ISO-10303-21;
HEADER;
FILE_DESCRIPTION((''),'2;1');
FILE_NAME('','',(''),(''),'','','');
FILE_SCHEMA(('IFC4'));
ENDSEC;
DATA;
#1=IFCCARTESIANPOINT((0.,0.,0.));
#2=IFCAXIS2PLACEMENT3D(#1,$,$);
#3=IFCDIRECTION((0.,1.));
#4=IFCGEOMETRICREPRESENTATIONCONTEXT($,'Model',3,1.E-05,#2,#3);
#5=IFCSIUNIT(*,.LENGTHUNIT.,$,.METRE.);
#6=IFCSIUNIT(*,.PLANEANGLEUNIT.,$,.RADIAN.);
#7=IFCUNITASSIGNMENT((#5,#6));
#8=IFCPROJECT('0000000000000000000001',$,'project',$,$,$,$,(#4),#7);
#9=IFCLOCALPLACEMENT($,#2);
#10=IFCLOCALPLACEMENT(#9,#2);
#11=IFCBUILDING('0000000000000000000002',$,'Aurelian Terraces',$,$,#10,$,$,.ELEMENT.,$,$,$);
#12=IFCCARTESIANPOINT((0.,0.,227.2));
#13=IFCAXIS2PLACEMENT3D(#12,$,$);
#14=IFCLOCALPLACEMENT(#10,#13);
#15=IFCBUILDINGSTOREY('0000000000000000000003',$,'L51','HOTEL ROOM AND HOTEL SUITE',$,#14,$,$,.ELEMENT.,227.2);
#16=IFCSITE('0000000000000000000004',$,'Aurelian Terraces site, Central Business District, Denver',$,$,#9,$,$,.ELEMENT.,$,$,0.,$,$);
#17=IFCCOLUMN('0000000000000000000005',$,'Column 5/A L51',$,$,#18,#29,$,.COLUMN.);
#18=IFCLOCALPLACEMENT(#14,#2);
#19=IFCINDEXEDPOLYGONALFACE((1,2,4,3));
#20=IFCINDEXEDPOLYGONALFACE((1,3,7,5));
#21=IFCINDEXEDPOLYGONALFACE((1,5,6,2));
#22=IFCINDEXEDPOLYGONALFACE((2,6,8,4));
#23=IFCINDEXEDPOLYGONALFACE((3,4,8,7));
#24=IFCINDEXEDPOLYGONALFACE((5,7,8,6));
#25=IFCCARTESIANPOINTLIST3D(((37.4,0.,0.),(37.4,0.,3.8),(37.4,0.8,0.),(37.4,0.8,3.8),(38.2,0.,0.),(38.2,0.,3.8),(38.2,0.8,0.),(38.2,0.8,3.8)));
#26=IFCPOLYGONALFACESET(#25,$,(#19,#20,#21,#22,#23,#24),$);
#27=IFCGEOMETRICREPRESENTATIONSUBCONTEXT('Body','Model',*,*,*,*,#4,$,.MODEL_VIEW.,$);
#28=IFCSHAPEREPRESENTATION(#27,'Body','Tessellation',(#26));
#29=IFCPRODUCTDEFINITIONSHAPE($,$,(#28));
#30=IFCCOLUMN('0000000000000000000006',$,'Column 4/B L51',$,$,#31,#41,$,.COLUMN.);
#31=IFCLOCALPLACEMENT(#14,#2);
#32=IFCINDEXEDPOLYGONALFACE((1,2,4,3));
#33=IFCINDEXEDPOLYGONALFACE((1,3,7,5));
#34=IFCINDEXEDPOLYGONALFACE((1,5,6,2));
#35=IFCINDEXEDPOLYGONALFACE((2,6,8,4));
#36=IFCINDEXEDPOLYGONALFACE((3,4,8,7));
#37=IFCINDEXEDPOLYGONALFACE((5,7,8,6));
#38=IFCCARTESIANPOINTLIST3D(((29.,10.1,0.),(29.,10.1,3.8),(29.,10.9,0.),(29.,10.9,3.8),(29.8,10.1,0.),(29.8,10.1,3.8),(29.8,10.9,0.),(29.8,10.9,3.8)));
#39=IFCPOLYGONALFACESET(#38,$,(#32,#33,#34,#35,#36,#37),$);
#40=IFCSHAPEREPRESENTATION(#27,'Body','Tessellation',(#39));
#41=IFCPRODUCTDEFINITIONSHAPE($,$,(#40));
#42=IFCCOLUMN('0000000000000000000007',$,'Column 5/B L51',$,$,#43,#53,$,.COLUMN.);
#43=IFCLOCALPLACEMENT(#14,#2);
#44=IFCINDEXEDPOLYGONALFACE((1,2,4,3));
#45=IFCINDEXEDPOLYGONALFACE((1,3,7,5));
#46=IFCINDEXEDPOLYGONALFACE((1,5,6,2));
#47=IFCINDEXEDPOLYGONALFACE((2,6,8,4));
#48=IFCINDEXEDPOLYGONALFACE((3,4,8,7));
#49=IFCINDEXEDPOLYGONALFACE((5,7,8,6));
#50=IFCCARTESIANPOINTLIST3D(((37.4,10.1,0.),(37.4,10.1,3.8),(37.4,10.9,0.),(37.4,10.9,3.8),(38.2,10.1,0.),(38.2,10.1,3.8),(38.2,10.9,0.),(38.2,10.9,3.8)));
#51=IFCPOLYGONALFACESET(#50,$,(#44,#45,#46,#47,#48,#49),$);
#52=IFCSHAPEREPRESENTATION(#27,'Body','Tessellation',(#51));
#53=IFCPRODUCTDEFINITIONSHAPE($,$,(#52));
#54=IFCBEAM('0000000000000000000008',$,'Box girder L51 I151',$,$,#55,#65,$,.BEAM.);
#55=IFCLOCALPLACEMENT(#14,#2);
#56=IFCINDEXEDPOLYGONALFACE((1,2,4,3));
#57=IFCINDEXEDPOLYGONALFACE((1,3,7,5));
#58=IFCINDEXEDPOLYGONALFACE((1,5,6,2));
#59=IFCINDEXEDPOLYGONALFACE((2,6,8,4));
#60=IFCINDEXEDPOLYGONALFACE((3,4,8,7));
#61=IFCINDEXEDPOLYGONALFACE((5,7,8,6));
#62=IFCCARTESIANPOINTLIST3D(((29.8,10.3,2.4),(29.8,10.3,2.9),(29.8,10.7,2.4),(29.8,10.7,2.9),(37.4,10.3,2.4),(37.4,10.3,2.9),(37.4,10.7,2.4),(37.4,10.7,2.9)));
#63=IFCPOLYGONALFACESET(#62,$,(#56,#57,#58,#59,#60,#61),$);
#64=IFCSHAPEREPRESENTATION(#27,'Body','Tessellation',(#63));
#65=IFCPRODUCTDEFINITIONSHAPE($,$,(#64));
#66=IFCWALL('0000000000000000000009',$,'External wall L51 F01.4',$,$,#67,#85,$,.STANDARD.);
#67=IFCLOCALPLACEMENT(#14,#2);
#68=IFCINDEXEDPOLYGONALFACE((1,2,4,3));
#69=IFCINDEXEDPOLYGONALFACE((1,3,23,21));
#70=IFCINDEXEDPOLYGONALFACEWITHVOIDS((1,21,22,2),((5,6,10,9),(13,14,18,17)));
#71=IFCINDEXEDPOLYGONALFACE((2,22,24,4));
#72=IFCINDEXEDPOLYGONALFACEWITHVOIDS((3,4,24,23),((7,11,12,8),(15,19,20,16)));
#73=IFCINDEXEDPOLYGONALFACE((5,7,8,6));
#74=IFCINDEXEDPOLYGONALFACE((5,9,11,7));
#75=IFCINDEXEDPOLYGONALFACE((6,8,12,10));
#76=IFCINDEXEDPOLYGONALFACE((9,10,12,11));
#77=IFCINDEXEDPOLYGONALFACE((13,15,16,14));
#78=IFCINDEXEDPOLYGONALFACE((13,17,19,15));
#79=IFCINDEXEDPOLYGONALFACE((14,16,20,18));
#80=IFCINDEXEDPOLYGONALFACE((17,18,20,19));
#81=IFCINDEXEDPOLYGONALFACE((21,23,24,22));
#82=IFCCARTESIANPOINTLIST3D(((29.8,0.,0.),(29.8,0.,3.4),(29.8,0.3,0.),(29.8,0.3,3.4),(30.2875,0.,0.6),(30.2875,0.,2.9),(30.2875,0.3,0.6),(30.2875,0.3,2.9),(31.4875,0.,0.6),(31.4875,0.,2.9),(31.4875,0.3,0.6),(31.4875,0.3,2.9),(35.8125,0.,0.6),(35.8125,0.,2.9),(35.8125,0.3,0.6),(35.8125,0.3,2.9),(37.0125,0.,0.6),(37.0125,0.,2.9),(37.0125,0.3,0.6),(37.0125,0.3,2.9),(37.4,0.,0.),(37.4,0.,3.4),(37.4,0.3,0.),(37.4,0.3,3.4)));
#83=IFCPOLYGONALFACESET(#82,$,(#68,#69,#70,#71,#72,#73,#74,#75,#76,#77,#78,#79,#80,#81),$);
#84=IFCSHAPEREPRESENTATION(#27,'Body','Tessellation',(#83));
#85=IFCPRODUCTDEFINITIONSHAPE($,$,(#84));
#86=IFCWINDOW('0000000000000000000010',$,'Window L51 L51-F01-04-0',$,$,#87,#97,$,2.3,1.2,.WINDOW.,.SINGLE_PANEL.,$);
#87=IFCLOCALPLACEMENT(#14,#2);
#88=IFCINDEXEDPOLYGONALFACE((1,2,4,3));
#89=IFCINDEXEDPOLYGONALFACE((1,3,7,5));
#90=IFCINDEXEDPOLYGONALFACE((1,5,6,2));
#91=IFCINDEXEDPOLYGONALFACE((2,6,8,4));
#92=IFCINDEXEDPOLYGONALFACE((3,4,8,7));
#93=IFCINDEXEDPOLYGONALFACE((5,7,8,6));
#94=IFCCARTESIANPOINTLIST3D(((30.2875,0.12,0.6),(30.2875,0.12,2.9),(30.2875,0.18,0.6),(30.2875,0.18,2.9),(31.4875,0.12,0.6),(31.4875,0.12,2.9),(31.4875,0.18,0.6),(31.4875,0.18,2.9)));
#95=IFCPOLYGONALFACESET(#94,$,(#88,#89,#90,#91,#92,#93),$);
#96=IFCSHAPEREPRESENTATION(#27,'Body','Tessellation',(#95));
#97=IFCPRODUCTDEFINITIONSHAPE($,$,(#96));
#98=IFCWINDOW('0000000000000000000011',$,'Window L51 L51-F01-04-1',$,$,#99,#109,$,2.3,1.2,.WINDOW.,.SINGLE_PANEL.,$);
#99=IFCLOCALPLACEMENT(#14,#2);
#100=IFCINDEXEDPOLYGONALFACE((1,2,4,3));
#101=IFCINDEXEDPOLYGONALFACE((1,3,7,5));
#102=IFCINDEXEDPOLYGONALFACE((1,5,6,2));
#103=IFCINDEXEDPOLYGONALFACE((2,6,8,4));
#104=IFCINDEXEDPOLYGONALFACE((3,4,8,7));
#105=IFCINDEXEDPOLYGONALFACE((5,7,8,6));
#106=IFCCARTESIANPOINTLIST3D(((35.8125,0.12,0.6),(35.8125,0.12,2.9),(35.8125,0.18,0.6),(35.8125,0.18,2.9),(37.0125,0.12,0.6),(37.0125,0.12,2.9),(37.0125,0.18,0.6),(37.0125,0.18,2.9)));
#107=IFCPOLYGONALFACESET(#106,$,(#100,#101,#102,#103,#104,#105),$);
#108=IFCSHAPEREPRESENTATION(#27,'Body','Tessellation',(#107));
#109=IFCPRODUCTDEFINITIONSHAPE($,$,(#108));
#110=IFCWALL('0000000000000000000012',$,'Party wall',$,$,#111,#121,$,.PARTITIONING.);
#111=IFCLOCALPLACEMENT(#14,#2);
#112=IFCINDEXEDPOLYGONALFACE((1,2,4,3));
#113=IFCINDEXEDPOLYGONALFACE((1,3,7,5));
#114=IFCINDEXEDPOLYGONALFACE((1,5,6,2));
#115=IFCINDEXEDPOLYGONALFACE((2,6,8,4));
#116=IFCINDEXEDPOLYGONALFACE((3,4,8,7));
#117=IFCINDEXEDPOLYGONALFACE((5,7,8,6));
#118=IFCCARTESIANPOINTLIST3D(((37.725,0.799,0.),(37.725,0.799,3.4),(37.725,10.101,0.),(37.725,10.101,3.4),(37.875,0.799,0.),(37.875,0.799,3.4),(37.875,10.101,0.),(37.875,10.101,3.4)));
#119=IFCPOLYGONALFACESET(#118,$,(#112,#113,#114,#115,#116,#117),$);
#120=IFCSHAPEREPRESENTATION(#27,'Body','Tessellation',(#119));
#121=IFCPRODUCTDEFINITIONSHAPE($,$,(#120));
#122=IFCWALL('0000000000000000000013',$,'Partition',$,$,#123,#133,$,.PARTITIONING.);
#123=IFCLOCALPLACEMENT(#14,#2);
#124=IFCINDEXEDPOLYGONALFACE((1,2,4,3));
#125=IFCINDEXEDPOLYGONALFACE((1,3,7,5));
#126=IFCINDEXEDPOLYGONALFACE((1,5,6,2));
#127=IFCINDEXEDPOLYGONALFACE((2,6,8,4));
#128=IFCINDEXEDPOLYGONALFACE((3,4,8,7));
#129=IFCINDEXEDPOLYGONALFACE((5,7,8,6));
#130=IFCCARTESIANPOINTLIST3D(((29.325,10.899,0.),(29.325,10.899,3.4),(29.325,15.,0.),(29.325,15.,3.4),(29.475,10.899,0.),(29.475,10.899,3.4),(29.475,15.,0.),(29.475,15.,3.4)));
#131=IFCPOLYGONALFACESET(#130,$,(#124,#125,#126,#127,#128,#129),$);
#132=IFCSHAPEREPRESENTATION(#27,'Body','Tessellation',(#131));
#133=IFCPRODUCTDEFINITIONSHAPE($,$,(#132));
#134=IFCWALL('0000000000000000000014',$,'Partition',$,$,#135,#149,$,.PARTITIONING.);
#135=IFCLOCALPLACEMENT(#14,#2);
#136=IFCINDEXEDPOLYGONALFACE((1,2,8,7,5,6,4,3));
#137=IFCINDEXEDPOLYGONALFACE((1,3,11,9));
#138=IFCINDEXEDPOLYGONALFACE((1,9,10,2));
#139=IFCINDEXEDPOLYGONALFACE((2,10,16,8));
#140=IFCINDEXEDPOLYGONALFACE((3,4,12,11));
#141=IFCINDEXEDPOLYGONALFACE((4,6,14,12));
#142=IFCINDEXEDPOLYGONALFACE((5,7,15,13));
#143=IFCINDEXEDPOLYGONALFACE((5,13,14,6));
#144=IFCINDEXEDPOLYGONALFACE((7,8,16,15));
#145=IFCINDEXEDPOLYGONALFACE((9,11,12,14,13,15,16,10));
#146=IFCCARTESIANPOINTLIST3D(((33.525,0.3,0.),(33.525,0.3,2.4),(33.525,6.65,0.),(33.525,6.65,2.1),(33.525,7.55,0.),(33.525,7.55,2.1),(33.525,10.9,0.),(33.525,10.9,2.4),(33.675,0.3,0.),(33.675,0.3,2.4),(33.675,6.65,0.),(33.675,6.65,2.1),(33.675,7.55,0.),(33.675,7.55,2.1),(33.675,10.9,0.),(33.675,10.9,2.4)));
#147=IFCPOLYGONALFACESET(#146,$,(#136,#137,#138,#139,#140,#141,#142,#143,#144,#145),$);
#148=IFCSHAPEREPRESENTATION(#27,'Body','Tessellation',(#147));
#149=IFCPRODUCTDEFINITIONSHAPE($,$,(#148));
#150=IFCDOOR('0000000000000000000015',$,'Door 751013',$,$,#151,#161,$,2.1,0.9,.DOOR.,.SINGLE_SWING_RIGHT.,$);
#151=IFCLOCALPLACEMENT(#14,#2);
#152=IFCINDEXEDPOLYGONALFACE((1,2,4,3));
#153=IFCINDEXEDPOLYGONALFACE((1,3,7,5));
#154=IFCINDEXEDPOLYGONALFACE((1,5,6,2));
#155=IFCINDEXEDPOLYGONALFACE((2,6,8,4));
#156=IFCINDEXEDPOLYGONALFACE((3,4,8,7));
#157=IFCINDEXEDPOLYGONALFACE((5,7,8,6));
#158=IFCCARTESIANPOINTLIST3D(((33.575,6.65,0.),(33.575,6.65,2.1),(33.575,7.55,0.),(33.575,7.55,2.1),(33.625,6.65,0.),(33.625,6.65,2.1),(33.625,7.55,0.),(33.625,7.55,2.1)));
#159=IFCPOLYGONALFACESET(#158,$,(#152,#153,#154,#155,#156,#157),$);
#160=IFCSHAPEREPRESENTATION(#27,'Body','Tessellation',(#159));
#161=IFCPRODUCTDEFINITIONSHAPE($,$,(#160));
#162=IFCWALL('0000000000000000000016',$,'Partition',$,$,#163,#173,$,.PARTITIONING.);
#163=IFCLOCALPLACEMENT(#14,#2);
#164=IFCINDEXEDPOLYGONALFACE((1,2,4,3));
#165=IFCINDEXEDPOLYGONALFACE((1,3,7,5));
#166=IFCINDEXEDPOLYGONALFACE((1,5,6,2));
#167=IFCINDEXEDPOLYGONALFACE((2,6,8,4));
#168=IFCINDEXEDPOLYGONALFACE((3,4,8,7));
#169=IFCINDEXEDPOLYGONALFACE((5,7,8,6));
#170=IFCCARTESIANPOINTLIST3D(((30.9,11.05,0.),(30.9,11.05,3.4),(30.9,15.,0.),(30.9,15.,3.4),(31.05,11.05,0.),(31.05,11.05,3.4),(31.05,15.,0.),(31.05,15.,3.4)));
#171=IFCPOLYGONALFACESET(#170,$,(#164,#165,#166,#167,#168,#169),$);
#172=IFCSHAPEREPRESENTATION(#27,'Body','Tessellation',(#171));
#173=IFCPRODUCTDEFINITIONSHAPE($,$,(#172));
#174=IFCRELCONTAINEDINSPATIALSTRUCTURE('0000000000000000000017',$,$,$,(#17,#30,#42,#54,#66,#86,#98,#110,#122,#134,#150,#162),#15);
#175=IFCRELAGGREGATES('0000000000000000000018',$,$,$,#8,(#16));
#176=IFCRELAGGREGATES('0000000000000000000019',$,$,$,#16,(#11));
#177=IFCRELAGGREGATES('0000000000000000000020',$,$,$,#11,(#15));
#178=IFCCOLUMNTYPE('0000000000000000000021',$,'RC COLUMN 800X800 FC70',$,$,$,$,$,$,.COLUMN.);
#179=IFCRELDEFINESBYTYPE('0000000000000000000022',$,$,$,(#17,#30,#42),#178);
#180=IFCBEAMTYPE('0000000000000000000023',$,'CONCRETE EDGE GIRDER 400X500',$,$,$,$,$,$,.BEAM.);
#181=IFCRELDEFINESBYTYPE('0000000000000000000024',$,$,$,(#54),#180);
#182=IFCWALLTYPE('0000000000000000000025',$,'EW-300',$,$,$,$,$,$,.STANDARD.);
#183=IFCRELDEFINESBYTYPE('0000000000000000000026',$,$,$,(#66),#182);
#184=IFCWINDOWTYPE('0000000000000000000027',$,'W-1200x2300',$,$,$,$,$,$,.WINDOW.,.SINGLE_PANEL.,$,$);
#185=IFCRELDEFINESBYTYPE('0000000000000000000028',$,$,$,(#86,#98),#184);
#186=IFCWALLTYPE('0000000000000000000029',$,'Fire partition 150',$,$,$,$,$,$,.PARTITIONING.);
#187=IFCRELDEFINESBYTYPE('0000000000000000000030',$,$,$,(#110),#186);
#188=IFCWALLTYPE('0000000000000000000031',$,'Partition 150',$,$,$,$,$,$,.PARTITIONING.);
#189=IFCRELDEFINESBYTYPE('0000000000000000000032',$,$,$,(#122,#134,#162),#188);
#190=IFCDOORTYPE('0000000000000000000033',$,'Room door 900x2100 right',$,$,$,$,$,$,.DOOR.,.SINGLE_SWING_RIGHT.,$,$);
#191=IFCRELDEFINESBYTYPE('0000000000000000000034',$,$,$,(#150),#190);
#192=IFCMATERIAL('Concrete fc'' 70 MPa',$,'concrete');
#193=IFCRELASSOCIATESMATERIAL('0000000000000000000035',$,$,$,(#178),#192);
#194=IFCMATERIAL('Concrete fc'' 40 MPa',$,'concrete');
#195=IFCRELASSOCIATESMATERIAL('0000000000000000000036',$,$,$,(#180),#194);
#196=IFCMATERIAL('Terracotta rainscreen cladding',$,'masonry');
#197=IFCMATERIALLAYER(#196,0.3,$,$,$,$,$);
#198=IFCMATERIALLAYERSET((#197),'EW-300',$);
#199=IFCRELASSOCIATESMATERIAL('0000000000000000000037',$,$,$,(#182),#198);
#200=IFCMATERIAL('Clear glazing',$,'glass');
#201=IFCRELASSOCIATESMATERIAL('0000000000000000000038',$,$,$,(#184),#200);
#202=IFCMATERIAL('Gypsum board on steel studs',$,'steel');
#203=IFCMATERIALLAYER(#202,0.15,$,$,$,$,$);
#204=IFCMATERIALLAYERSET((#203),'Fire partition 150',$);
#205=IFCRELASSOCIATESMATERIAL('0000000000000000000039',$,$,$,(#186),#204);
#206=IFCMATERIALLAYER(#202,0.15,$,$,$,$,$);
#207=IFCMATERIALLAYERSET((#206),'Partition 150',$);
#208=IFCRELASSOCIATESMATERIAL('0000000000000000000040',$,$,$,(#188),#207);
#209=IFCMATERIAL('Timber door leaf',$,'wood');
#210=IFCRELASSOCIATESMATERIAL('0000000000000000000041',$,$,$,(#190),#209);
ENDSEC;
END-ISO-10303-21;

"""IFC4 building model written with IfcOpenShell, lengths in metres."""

from ifc_helpers import new_model, si_unit, direction, frame, frame_2d, origin, origin_2d, place, context, subcontext, project, spatial, rectangle, extrude, source, transform, mapped, material, layer, layer_set, material_profile, profile_set, type_object, element, fill, save


model = new_model("IFC4")

# Units and contexts
model_context = context("Model", 3, precision=1e-05, world=origin(), true_north=direction((0.0, 1.0)))
body_context = subcontext(model_context, "Body", "Model", "MODEL_VIEW")
ifc_project = project(units=[si_unit("LENGTHUNIT", "METRE"), si_unit("PLANEANGLEUNIT", "RADIAN")], contexts=[model_context])

# Site, building, storey
site_placement = place(None, origin())
site = spatial("IfcSite", under=ifc_project, at=site_placement, Name="Aurelian Terraces site, Central Business District, Denver", CompositionType="ELEMENT", RefElevation=0.0)
building_placement = place(site_placement, origin())
building = spatial("IfcBuilding", under=site, at=building_placement, Name="Aurelian Terraces", CompositionType="ELEMENT")
storey_placement = place(building_placement, frame((0.0, 0.0, 227.2)))
storey = spatial("IfcBuildingStorey", under=building, at=storey_placement, Name="L51", Description="HOTEL ROOM AND HOTEL SUITE", CompositionType="ELEMENT", Elevation=227.2)

# Columns
ifc_material_1 = material(Name="Concrete fc' 70 MPa", Category="concrete")
ifc_material_profile_1 = material_profile(ifc_material_1, rectangle(XDim=0.8, YDim=0.8, at=origin_2d()))
ifc_profile_set_1 = profile_set([ifc_material_profile_1], Name="Concrete fc' 70 MPa")
column_type = type_object("IfcColumnType", Name="RC COLUMN 800X800 FC70", PredefinedType="COLUMN", material=ifc_profile_set_1)
shared_shape_1 = source(origin(), body_context, "Body", "SweptSolid", [
    extrude(rectangle(XDim=0.8, YDim=0.8, at=origin_2d()), origin(), (0.0, 0.0, 1.0), 3.8),
])
for number, where, z_axis, x_axis, name in (
    (1, (37.8, 0.4, 0.0), (0.0, 0.0, 1.0), (1.0, 0.0, 0.0), "Column 5/A L51"),
    (2, (29.4, 10.5, 0.0), (0.0, 0.0, 1.0), (1.0, 0.0, 0.0), "Column 4/B L51"),
    (3, (37.8, 10.5, 0.0), (0.0, 0.0, 1.0), (1.0, 0.0, 0.0), "Column 5/B L51"),
):
    element("IfcColumn", number, at=place(storey_placement, frame(where, z_axis=z_axis, x_axis=x_axis)), inside=storey, type_object=column_type, Name=name, PredefinedType="COLUMN", context=body_context, shape_type="MappedRepresentation", body=[
        mapped(shared_shape_1, transform((0.0, 0.0, 0.0), scale=1.0)),
    ])

# Beam
ifc_material_2 = material(Name="Concrete fc' 40 MPa", Category="concrete")
ifc_material_profile_2 = material_profile(ifc_material_2, rectangle(XDim=0.4, YDim=0.5, at=origin_2d()))
ifc_profile_set_2 = profile_set([ifc_material_profile_2], Name="Concrete fc' 40 MPa")
beam_type = type_object("IfcBeamType", Name="CONCRETE EDGE GIRDER 400X500", PredefinedType="BEAM", material=ifc_profile_set_2)
shared_shape_2 = source(origin(), body_context, "Body", "SweptSolid", [
    extrude(rectangle(XDim=0.4, YDim=0.5, at=origin_2d()), origin(), (0.0, 0.0, 1.0), 7.6),
])
beam_placement = place(storey_placement, frame((29.8, 10.5, 2.65), z_axis=(1.0, 0.0, 0.0), x_axis=(0.0, 1.0, 0.0)))
element("IfcBeam", 4, at=beam_placement, inside=storey, type_object=beam_type, Name="Box girder L51 I151", PredefinedType="BEAM", context=body_context, shape_type="MappedRepresentation", body=[
    mapped(shared_shape_2, transform((0.0, 0.0, 0.0), scale=1.0)),
])

# Wall, openings, windows
ifc_material_3 = material(Name="Terracotta rainscreen cladding", Category="masonry")
ifc_layer_1 = layer(ifc_material_3, 0.3)
ifc_layer_set_1 = layer_set([ifc_layer_1], Name="EW-300")
wall_type_1 = type_object("IfcWallType", Name="EW-300", PredefinedType="STANDARD", material=ifc_layer_set_1)
wall_1_placement = place(storey_placement, frame((29.8, 0.15, 0.0), z_axis=(0.0, 0.0, 1.0), x_axis=(1.0, 0.0, 0.0)))
wall_1 = element("IfcWall", 5, at=wall_1_placement, inside=storey, type_object=wall_type_1, Name="External wall L51 F01.4", PredefinedType="STANDARD", context=body_context, shape_type="SweptSolid", body=[
    extrude(rectangle(XDim=7.6, YDim=0.3, at=frame_2d((3.8, 0.0))), origin(), (0.0, 0.0, 1.0), 3.4),
])
shared_shape_3 = source(origin(), body_context, "Body", "SweptSolid", [
    extrude(rectangle(XDim=1.2, YDim=2.3, at=frame_2d((0.6, 1.15))), frame((0.0, 0.16, 0.0), z_axis=(0.0, -1.0, 0.0), x_axis=(1.0, 0.0, 0.0)), (0.0, 0.0, 1.0), 0.32),
])
opening_1_placement = place(wall_1_placement, frame((0.4875, 0.0, 0.6)))
opening_1 = element("IfcOpeningElement", 6, at=opening_1_placement, cuts=wall_1, PredefinedType="OPENING", context=body_context, shape_type="MappedRepresentation", body=[
    mapped(shared_shape_3, transform((0.0, 0.0, 0.0), scale=1.0)),
])
opening_2_placement = place(wall_1_placement, frame((6.0125, 0.0, 0.6)))
opening_2 = element("IfcOpeningElement", 7, at=opening_2_placement, cuts=wall_1, PredefinedType="OPENING", context=body_context, shape_type="MappedRepresentation", body=[
    mapped(shared_shape_3, transform((0.0, 0.0, 0.0), scale=1.0)),
])
ifc_material_4 = material(Name="Clear glazing", Category="glass")
window_type = type_object("IfcWindowType", Name="W-1200x2300", PartitioningType="SINGLE_PANEL", PredefinedType="WINDOW", material=ifc_material_4)
shared_shape_4 = source(origin(), body_context, "Body", "SweptSolid", [
    extrude(rectangle(XDim=1.2, YDim=2.3, at=frame_2d((0.6, 1.15))), frame((0.0, 0.03, 0.0), z_axis=(0.0, -1.0, 0.0), x_axis=(1.0, 0.0, 0.0)), (0.0, 0.0, 1.0), 0.06),
])
window_1_placement = place(opening_1_placement, origin())
window_1 = element("IfcWindow", 8, at=window_1_placement, inside=storey, type_object=window_type, Name="Window L51 L51-F01-04-0", OverallHeight=2.3, OverallWidth=1.2, PartitioningType="SINGLE_PANEL", PredefinedType="WINDOW", context=body_context, shape_type="MappedRepresentation", body=[
    mapped(shared_shape_4, transform((0.0, 0.0, 0.0), scale=1.0)),
])
fill(opening_1, window_1)
window_2_placement = place(opening_2_placement, origin())
window_2 = element("IfcWindow", 9, at=window_2_placement, inside=storey, type_object=window_type, Name="Window L51 L51-F01-04-1", OverallHeight=2.3, OverallWidth=1.2, PartitioningType="SINGLE_PANEL", PredefinedType="WINDOW", context=body_context, shape_type="MappedRepresentation", body=[
    mapped(shared_shape_4, transform((0.0, 0.0, 0.0), scale=1.0)),
])
fill(opening_2, window_2)

# Walls
ifc_material_5 = material(Name="Gypsum board on steel studs", Category="steel")
ifc_layer_2 = layer(ifc_material_5, 0.15)
ifc_layer_set_2 = layer_set([ifc_layer_2], Name="Fire partition 150")
wall_type_2 = type_object("IfcWallType", Name="Fire partition 150", PredefinedType="PARTITIONING", material=ifc_layer_set_2)
wall_2_placement = place(storey_placement, frame((37.8, 0.799, 0.0), z_axis=(0.0, 0.0, 1.0), x_axis=(0.0, 1.0, 0.0)))
element("IfcWall", 10, at=wall_2_placement, inside=storey, type_object=wall_type_2, Name="Party wall", PredefinedType="PARTITIONING", context=body_context, shape_type="SweptSolid", body=[
    extrude(rectangle(XDim=9.302, YDim=0.15, at=frame_2d((4.651, 0.0))), origin(), (0.0, 0.0, 1.0), 3.4),
])
ifc_layer_3 = layer(ifc_material_5, 0.15)
ifc_layer_set_3 = layer_set([ifc_layer_3], Name="Partition 150")
wall_type_3 = type_object("IfcWallType", Name="Partition 150", PredefinedType="PARTITIONING", material=ifc_layer_set_3)
wall_3_placement = place(storey_placement, frame((29.4, 10.899, 0.0), z_axis=(0.0, 0.0, 1.0), x_axis=(0.0, 1.0, 0.0)))
element("IfcWall", 11, at=wall_3_placement, inside=storey, type_object=wall_type_3, Name="Partition", PredefinedType="PARTITIONING", context=body_context, shape_type="SweptSolid", body=[
    extrude(rectangle(XDim=4.101, YDim=0.15, at=frame_2d((2.0505, 0.0))), origin(), (0.0, 0.0, 1.0), 3.4),
])

# Wall, opening, door
wall_4_placement = place(storey_placement, frame((33.6, 0.3, 0.0), z_axis=(0.0, 0.0, 1.0), x_axis=(0.0, 1.0, 0.0)))
wall_4 = element("IfcWall", 12, at=wall_4_placement, inside=storey, type_object=wall_type_3, Name="Partition", PredefinedType="PARTITIONING", context=body_context, shape_type="SweptSolid", body=[
    extrude(rectangle(XDim=10.6, YDim=0.15, at=frame_2d((5.3, 0.0))), origin(), (0.0, 0.0, 1.0), 2.4),
])
shared_shape_5 = source(origin(), body_context, "Body", "SweptSolid", [
    extrude(rectangle(XDim=0.9, YDim=2.1, at=frame_2d((0.45, 1.05))), frame((0.0, 0.085, 0.0), z_axis=(0.0, -1.0, 0.0), x_axis=(1.0, 0.0, 0.0)), (0.0, 0.0, 1.0), 0.17),
])
opening_3_placement = place(wall_4_placement, frame((6.35, 0.0, 0.0)))
opening_3 = element("IfcOpeningElement", 13, at=opening_3_placement, cuts=wall_4, PredefinedType="OPENING", context=body_context, shape_type="MappedRepresentation", body=[
    mapped(shared_shape_5, transform((0.0, 0.0, 0.0), scale=1.0)),
])
ifc_material_6 = material(Name="Timber door leaf", Category="wood")
door_type_1 = type_object("IfcDoorType", Name="Room door 900x2100 right", OperationType="SINGLE_SWING_RIGHT", PredefinedType="DOOR", material=ifc_material_6)
shared_shape_6 = source(origin(), body_context, "Body", "SweptSolid", [
    extrude(rectangle(XDim=0.9, YDim=2.1, at=frame_2d((0.45, 1.05))), frame((0.0, 0.025, 0.0), z_axis=(0.0, -1.0, 0.0), x_axis=(1.0, 0.0, 0.0)), (0.0, 0.0, 1.0), 0.05),
])
door_1_placement = place(opening_3_placement, origin())
door_1 = element("IfcDoor", 14, at=door_1_placement, inside=storey, type_object=door_type_1, Name="Door 751013", OperationType="SINGLE_SWING_RIGHT", OverallHeight=2.1, OverallWidth=0.9, PredefinedType="DOOR", context=body_context, shape_type="MappedRepresentation", body=[
    mapped(shared_shape_6, transform((0.0, 0.0, 0.0), scale=1.0)),
])
fill(opening_3, door_1)

# Wall
wall_5_placement = place(storey_placement, frame((30.975, 11.05, 0.0), z_axis=(0.0, 0.0, 1.0), x_axis=(0.0, 1.0, 0.0)))
element("IfcWall", 15, at=wall_5_placement, inside=storey, type_object=wall_type_3, Name="Partition", PredefinedType="PARTITIONING", context=body_context, shape_type="SweptSolid", body=[
    extrude(rectangle(XDim=3.95, YDim=0.15, at=frame_2d((1.975, 0.0))), origin(), (0.0, 0.0, 1.0), 3.4),
])

save(model, "model.ifc")
